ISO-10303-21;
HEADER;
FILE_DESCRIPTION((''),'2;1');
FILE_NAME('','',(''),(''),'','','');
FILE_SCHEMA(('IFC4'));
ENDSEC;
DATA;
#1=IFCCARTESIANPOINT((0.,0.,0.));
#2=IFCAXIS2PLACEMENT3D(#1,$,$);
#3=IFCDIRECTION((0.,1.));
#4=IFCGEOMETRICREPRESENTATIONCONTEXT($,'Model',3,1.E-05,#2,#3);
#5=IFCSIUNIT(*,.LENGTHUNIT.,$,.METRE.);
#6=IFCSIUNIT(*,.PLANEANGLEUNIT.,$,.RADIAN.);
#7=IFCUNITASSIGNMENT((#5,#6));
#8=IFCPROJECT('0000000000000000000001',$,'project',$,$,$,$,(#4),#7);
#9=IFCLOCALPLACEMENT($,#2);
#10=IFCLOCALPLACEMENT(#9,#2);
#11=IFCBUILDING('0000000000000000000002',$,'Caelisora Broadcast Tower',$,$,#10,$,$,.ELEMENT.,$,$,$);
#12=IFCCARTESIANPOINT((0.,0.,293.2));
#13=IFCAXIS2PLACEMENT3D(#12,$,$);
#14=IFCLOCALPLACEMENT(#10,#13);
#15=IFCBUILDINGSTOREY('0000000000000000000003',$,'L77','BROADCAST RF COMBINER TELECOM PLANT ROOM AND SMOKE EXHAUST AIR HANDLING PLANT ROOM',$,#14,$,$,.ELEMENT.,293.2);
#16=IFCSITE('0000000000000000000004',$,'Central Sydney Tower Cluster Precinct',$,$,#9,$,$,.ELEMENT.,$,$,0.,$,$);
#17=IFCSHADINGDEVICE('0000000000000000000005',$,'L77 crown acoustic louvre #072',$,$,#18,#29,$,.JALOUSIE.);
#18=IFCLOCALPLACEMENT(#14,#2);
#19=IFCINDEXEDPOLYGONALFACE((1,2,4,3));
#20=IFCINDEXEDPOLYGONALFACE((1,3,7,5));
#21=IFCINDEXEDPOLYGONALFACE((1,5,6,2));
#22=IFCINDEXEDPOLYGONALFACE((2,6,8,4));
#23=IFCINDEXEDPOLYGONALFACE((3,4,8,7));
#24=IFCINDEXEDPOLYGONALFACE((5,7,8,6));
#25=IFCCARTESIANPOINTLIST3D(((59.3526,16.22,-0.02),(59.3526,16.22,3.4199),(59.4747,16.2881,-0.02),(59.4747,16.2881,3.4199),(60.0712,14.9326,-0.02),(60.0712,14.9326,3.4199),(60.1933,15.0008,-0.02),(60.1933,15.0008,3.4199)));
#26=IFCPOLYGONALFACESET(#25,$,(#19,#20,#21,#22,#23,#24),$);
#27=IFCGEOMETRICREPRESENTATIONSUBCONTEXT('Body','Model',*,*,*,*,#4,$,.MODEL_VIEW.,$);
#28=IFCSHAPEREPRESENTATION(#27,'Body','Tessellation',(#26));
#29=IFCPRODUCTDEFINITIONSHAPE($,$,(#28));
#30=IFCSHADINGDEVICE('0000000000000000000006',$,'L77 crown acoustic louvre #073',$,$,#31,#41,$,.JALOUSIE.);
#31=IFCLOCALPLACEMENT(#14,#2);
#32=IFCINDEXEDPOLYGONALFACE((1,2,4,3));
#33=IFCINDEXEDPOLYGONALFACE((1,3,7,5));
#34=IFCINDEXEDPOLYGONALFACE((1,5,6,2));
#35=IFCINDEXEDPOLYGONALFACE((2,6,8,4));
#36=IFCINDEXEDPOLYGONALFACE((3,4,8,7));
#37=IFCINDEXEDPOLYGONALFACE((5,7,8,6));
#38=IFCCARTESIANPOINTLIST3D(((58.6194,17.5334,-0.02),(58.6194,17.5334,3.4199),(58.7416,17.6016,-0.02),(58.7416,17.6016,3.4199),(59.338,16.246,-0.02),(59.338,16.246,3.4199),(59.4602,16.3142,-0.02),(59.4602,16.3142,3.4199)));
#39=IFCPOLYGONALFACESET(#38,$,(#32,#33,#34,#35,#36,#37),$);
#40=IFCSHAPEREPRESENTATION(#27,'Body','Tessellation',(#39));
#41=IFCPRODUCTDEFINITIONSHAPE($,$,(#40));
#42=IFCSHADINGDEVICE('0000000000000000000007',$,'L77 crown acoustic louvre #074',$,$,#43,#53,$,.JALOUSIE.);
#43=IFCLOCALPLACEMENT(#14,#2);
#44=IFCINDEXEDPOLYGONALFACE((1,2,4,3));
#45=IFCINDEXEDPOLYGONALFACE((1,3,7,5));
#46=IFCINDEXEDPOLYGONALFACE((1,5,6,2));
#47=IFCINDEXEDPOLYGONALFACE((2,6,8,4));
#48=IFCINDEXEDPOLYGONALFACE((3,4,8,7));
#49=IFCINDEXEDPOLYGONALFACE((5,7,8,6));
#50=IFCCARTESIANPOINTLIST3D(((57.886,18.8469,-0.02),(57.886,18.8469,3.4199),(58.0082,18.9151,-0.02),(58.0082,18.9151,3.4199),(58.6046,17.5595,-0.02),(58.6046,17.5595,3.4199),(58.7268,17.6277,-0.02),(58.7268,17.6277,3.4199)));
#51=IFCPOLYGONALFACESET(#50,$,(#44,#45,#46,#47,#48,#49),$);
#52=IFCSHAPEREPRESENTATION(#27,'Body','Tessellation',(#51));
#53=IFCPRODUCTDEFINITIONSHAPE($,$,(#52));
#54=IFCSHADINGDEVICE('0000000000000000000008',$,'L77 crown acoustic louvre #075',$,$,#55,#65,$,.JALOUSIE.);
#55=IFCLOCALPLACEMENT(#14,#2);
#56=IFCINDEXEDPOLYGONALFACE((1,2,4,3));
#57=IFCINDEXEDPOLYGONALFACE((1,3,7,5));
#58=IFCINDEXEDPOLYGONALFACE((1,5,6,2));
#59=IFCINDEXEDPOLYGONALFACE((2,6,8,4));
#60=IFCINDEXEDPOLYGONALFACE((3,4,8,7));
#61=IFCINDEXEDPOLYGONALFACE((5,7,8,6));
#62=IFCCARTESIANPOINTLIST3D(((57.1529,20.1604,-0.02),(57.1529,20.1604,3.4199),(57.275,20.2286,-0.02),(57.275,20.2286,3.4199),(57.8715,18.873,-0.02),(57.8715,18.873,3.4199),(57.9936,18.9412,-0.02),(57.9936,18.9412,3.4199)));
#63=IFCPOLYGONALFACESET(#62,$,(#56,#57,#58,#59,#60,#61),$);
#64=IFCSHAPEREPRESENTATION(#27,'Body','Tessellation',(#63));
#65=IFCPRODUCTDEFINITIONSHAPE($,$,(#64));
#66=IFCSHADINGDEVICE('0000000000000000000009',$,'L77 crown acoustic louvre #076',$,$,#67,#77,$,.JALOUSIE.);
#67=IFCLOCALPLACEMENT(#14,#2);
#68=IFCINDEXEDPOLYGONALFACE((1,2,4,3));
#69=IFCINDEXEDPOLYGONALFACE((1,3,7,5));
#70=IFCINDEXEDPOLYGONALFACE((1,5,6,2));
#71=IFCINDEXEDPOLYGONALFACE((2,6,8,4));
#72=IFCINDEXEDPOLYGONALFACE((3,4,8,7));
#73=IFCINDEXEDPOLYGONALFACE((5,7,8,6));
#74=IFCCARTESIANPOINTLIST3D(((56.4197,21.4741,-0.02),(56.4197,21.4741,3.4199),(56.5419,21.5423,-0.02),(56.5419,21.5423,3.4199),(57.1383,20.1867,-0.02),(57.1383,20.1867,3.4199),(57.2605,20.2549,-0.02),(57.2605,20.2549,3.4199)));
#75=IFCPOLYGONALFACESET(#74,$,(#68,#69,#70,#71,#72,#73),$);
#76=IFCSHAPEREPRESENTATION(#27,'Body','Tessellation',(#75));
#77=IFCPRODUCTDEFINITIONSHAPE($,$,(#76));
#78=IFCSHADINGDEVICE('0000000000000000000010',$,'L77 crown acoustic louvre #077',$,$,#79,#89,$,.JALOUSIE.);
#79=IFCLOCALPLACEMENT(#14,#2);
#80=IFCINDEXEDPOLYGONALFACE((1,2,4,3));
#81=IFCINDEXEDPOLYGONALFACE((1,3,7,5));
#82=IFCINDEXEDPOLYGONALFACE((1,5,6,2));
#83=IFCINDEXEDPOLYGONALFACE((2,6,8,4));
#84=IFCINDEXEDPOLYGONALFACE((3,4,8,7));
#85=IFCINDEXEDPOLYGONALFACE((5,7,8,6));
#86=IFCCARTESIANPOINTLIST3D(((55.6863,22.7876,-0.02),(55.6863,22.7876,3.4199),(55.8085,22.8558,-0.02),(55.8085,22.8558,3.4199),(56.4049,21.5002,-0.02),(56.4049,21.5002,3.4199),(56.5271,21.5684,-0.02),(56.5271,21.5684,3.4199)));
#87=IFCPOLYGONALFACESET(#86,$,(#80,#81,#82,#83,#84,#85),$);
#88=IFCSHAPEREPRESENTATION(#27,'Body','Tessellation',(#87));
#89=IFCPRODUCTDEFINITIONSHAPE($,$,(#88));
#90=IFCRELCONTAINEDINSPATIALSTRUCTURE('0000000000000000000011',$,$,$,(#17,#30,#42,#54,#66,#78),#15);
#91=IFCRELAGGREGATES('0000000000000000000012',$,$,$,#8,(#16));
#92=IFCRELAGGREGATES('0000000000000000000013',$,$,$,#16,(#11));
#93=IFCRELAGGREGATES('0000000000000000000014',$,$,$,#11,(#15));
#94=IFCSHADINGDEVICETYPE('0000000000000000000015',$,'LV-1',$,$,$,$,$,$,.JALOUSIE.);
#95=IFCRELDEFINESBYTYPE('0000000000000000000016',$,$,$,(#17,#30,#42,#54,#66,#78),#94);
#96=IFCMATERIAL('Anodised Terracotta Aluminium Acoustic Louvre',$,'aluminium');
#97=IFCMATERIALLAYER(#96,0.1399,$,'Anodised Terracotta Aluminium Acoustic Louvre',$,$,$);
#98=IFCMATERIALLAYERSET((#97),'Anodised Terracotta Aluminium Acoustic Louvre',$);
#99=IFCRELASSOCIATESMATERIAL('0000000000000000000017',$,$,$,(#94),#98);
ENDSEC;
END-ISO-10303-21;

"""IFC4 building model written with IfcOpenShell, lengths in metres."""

from ifc_helpers import new_model, si_unit, direction, frame, origin, origin_2d, place, context, subcontext, project, spatial, rectangle, extrude, source, transform, mapped, material, layer, layer_set, type_object, type_shapes, element, save


model = new_model("IFC4")

# Units and contexts
model_context = context("Model", 3, precision=1e-05, world=origin(), true_north=direction((0.0, 1.0)))
body_context = subcontext(model_context, "Body", "Model", "MODEL_VIEW")
ifc_project = project(units=[si_unit("LENGTHUNIT", "METRE"), si_unit("PLANEANGLEUNIT", "RADIAN")], contexts=[model_context])

# Site, building, storey
site_placement = place(None, origin())
site = spatial("IfcSite", under=ifc_project, at=site_placement, Name="Central Sydney Tower Cluster Precinct", CompositionType="ELEMENT", RefElevation=0.0)
building_placement = place(site_placement, origin())
building = spatial("IfcBuilding", under=site, at=building_placement, Name="Caelisora Broadcast Tower", CompositionType="ELEMENT")
storey_placement = place(building_placement, frame((0.0, 0.0, 293.2)))
storey = spatial("IfcBuildingStorey", under=building, at=storey_placement, Name="L77", Description="BROADCAST RF COMBINER TELECOM PLANT ROOM AND SMOKE EXHAUST AIR HANDLING PLANT ROOM", CompositionType="ELEMENT", Elevation=293.2)

# Shading devices
ifc_material_1 = material(Name="Anodised Terracotta Aluminium Acoustic Louvre", Category="aluminium")
ifc_layer_1 = layer(ifc_material_1, 0.1399, Name="Anodised Terracotta Aluminium Acoustic Louvre")
ifc_layer_set_1 = layer_set([ifc_layer_1], Name="Anodised Terracotta Aluminium Acoustic Louvre")
shading_device_type = type_object("IfcShadingDeviceType", Name="LV-1", PredefinedType="JALOUSIE", material=ifc_layer_set_1)
shared_shape_1 = source(origin(), body_context, "Body", "SweptSolid", [
    extrude(rectangle(XDim=1.4744, YDim=0.1399, at=origin_2d()), origin(), (0.0, 0.0, 1.0), 3.4399),
])
type_shapes(shading_device_type, [shared_shape_1])
for number, where, z_axis, x_axis, name in (
    (1, (59.7729, 15.6104, -0.02), (0.0, 0.0, 1.0), (-0.487403, 0.873177, 0.0), "L77 crown acoustic louvre #072"),
    (2, (59.0398, 16.9238, -0.02), (0.0, 0.0, 1.0), (-0.487403, 0.873177, 0.0), "L77 crown acoustic louvre #073"),
    (3, (58.3064, 18.2373, -0.02), (0.0, 0.0, 1.0), (-0.487403, 0.873177, 0.0), "L77 crown acoustic louvre #074"),
    (4, (57.5732, 19.5508, -0.02), (0.0, 0.0, 1.0), (-0.487403, 0.873177, 0.0), "L77 crown acoustic louvre #075"),
    (5, (56.8401, 20.8645, -0.02), (0.0, 0.0, 1.0), (-0.487403, 0.873177, 0.0), "L77 crown acoustic louvre #076"),
    (6, (56.1067, 22.178, -0.02), (0.0, 0.0, 1.0), (-0.487403, 0.873177, 0.0), "L77 crown acoustic louvre #077"),
):
    element("IfcShadingDevice", number, at=place(storey_placement, frame(where, z_axis=z_axis, x_axis=x_axis)), inside=storey, type_object=shading_device_type, Name=name, PredefinedType="JALOUSIE", context=body_context, shape_type="MappedRepresentation", body=[
        mapped(shared_shape_1, transform((0.0, 0.0, 0.0), scale=1.0)),
    ])

save(model, "model.ifc")
